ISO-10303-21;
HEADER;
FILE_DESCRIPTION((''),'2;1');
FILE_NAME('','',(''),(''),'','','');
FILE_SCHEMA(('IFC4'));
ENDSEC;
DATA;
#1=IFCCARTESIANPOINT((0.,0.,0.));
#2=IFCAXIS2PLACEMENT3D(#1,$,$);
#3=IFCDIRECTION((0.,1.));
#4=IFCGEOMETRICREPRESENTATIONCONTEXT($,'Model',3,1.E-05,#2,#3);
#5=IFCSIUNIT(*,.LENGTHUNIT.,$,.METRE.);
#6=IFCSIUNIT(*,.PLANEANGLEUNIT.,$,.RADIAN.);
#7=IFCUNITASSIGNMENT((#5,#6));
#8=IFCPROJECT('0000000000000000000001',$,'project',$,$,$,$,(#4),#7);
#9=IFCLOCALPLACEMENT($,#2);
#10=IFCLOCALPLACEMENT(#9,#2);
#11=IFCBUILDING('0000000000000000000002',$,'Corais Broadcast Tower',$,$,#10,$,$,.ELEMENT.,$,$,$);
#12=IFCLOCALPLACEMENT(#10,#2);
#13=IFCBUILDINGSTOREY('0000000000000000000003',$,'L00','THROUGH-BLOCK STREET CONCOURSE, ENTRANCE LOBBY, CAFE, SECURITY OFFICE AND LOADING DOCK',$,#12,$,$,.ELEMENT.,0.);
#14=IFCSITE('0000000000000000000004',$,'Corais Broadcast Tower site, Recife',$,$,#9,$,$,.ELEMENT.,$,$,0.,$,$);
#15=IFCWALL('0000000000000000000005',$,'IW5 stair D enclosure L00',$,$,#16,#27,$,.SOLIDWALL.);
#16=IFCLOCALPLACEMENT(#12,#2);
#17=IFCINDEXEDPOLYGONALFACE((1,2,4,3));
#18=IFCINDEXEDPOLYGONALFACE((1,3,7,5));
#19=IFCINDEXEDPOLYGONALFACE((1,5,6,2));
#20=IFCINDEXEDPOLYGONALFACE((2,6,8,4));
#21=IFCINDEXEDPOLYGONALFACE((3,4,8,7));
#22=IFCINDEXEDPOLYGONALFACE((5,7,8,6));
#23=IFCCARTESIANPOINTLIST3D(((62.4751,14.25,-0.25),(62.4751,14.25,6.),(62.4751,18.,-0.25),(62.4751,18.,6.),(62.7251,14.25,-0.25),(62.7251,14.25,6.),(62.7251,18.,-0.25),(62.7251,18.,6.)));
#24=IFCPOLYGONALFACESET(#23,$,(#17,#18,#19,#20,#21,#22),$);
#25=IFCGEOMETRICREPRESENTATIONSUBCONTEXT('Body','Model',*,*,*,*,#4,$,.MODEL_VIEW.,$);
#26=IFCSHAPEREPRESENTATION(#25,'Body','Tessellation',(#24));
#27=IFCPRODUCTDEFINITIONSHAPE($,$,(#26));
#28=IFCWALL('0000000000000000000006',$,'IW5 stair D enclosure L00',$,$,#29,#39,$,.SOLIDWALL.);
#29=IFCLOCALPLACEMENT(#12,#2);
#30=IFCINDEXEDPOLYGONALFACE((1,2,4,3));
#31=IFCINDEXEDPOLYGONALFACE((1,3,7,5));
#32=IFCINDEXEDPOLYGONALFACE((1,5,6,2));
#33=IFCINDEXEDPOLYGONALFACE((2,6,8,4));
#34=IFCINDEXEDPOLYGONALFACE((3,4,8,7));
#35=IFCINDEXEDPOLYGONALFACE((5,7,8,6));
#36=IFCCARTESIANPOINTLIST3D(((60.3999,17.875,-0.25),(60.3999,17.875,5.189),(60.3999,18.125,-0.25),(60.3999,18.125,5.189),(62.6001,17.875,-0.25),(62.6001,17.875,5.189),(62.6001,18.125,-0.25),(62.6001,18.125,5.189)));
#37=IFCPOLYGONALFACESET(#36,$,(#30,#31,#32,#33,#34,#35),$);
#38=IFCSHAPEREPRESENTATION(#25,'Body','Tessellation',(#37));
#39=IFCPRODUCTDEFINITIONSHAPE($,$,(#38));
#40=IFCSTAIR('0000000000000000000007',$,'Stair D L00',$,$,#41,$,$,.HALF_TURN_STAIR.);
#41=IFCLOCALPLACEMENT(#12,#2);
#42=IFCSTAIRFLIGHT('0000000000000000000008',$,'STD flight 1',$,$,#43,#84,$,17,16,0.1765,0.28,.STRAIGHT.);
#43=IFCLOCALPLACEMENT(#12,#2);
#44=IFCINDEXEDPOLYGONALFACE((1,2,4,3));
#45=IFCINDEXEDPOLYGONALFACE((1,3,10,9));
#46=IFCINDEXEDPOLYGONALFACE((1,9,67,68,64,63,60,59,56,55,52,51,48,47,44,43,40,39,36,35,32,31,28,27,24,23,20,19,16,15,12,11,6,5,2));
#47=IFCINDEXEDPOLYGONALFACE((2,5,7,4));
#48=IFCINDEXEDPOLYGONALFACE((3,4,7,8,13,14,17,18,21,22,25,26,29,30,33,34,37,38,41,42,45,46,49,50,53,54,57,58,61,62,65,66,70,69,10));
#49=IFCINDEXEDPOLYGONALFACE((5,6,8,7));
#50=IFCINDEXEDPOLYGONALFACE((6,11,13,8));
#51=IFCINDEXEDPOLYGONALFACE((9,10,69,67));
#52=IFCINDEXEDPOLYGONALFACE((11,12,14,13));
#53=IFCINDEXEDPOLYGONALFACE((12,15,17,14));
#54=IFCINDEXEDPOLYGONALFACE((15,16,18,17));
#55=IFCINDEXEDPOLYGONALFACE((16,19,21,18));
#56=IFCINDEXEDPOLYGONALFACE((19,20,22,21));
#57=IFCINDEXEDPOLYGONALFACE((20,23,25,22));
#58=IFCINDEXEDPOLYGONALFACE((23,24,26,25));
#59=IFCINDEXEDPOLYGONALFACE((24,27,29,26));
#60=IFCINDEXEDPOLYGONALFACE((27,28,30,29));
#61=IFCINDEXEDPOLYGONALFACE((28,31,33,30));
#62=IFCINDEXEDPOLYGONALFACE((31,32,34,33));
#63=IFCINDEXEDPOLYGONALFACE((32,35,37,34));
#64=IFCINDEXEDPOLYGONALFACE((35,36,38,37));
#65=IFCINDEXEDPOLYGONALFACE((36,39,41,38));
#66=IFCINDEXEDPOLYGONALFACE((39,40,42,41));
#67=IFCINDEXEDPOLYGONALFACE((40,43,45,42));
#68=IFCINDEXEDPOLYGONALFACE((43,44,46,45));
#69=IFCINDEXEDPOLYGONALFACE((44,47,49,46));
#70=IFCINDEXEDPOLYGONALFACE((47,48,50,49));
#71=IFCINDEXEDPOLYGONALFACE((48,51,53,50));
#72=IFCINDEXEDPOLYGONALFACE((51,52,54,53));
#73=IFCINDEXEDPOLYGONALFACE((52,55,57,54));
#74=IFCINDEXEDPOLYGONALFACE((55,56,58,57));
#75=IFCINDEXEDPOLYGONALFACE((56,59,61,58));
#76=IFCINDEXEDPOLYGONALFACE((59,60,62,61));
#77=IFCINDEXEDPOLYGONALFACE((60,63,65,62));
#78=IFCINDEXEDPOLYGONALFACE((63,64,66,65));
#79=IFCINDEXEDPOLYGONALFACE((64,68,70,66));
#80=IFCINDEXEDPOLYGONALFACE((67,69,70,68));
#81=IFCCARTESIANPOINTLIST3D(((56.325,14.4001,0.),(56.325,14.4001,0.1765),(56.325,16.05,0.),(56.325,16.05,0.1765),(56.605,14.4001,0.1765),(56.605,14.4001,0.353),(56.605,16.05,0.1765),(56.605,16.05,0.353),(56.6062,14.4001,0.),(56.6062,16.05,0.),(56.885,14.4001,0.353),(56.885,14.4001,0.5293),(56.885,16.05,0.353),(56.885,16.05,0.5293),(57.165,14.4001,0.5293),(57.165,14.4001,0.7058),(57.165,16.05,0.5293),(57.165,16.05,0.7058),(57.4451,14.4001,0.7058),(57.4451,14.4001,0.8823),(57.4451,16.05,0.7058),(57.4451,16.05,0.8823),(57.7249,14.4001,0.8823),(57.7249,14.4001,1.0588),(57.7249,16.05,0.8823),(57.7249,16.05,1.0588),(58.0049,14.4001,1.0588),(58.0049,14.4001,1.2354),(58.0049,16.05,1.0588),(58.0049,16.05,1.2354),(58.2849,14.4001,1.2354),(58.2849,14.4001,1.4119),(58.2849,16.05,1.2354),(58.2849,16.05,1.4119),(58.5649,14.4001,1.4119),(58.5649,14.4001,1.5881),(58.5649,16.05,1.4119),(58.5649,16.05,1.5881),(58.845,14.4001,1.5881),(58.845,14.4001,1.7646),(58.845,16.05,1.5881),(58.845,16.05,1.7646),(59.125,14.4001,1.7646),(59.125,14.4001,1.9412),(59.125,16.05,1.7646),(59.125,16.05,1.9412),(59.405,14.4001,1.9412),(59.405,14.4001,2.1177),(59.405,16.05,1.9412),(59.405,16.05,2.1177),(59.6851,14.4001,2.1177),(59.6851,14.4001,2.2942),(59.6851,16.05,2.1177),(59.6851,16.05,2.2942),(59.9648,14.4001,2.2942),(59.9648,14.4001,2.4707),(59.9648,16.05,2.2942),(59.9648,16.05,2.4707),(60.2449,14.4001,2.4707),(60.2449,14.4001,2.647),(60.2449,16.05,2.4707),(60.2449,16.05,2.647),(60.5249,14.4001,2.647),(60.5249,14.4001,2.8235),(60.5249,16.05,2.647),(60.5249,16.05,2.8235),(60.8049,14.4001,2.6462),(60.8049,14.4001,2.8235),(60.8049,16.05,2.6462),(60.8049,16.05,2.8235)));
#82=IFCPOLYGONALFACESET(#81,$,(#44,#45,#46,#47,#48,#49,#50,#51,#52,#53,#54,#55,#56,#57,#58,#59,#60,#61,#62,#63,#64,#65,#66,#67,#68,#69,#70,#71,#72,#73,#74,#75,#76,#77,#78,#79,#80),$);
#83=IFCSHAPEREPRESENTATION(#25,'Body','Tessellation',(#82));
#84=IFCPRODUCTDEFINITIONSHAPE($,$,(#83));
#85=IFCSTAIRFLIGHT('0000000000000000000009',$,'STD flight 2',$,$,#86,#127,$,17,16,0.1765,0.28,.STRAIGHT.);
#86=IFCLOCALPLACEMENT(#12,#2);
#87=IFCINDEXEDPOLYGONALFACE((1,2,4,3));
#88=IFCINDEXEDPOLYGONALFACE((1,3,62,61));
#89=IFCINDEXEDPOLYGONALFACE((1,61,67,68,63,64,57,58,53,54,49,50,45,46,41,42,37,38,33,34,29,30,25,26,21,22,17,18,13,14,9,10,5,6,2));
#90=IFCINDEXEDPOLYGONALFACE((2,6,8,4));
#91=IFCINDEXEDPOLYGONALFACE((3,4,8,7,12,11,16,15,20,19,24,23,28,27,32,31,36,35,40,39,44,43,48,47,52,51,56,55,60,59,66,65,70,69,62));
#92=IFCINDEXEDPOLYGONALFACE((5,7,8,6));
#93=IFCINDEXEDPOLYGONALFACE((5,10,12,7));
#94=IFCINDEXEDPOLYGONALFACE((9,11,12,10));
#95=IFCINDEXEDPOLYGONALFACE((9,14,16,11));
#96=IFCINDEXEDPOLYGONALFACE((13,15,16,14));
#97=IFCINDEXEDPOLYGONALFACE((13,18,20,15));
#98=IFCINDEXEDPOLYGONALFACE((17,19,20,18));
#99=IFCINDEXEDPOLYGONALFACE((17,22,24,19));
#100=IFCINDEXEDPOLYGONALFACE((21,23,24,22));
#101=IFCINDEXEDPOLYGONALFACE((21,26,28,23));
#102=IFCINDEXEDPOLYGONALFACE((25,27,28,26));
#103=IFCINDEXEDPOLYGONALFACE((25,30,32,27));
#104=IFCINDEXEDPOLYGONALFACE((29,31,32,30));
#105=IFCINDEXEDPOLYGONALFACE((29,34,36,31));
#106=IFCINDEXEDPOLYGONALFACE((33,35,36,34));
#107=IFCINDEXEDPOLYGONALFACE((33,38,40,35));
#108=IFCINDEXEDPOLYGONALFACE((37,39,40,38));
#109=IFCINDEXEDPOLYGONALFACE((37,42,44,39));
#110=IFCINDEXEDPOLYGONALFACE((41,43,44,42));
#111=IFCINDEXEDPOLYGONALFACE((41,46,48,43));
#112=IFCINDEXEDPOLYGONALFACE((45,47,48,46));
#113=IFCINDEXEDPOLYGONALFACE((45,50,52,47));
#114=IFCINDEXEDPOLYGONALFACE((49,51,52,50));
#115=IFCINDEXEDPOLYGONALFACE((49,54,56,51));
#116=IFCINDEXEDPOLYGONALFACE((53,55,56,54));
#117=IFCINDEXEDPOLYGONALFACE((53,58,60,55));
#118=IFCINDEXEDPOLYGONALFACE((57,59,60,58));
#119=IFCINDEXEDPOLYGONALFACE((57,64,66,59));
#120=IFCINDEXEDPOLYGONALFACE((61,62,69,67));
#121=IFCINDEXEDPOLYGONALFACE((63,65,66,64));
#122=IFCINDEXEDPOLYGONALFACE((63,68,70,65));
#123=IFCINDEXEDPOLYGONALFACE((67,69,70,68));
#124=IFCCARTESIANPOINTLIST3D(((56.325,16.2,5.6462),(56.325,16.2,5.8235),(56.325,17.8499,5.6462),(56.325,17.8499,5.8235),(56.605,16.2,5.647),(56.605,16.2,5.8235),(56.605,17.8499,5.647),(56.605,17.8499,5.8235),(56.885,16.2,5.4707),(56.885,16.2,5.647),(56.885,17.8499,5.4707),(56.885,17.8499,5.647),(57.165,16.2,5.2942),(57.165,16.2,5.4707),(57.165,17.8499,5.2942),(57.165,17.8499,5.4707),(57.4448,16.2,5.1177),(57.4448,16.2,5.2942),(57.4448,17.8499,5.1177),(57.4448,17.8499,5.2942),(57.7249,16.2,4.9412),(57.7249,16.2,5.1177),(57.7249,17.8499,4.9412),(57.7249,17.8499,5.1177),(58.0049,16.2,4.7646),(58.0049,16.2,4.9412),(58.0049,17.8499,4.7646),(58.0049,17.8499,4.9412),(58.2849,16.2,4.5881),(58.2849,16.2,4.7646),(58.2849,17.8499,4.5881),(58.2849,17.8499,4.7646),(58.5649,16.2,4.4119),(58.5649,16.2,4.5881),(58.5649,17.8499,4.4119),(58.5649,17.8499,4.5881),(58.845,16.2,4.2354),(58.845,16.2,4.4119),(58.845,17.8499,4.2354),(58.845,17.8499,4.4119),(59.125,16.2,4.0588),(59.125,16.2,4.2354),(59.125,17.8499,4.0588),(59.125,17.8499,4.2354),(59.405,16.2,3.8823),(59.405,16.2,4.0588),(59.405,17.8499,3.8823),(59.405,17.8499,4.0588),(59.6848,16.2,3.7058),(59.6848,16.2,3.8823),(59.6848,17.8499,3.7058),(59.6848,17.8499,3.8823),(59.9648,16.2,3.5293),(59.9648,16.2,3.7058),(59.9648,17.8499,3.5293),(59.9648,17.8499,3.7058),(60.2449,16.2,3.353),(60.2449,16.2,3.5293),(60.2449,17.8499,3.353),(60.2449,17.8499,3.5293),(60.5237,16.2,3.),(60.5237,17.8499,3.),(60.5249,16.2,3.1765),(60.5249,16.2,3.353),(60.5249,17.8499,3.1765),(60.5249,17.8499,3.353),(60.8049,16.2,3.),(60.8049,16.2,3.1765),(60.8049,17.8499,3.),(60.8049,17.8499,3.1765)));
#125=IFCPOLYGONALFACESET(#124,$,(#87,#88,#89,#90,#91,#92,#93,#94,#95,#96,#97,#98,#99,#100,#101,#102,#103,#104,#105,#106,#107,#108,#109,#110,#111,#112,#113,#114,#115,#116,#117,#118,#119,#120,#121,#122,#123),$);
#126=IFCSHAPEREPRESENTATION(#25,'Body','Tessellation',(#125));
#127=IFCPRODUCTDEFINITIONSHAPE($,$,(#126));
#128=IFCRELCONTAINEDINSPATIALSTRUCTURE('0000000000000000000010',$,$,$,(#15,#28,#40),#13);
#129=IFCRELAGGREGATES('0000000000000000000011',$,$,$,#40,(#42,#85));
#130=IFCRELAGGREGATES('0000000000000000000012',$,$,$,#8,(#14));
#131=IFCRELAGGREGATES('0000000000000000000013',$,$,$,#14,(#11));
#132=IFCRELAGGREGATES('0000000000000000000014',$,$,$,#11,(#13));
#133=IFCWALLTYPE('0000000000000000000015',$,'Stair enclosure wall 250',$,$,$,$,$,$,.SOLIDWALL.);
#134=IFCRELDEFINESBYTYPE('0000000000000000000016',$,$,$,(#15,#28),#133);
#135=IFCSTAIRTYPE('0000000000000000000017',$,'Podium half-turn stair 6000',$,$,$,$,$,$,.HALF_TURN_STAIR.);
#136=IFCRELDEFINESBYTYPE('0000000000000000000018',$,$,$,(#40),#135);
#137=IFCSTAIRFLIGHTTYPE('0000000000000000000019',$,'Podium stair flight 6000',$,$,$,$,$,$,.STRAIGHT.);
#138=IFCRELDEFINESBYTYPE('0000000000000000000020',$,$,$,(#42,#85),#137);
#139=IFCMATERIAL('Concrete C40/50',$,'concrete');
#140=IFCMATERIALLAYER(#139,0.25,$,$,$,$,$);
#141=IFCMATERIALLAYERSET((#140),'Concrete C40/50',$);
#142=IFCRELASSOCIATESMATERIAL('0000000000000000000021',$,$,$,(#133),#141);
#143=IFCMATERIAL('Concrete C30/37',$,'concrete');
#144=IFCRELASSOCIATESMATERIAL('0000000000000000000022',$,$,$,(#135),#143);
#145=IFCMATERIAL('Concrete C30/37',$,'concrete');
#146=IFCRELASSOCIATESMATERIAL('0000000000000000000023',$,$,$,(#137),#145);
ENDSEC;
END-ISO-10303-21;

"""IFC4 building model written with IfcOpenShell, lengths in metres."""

from ifc_helpers import new_model, si_unit, direction, frame, frame_2d, origin, place, context, subcontext, project, spatial, polyline, rectangle, outline, extrude, material, layer, layer_set, type_object, element, aggregate, save


model = new_model("IFC4")

# Units and contexts
model_context = context("Model", 3, precision=1e-05, world=origin(), true_north=direction((0.0, 1.0)))
body_context = subcontext(model_context, "Body", "Model", "MODEL_VIEW")
ifc_project = project(units=[si_unit("LENGTHUNIT", "METRE"), si_unit("PLANEANGLEUNIT", "RADIAN")], contexts=[model_context])

# Site, building, storey
site_placement = place(None, origin())
site = spatial("IfcSite", under=ifc_project, at=site_placement, Name="Corais Broadcast Tower site, Recife", CompositionType="ELEMENT", RefElevation=0.0)
building_placement = place(site_placement, origin())
building = spatial("IfcBuilding", under=site, at=building_placement, Name="Corais Broadcast Tower", CompositionType="ELEMENT")
storey_placement = place(building_placement, origin())
storey = spatial("IfcBuildingStorey", under=building, at=storey_placement, Name="L00", Description="THROUGH-BLOCK STREET CONCOURSE, ENTRANCE LOBBY, CAFE, SECURITY OFFICE AND LOADING DOCK", CompositionType="ELEMENT", Elevation=0.0)

# Walls
ifc_material_1 = material(Name="Concrete C40/50", Category="concrete")
ifc_layer_1 = layer(ifc_material_1, 0.25)
ifc_layer_set_1 = layer_set([ifc_layer_1], Name="Concrete C40/50")
wall_type_1 = type_object("IfcWallType", Name="Stair enclosure wall 250", PredefinedType="SOLIDWALL", material=ifc_layer_set_1)
wall_1_placement = place(storey_placement, frame((62.6001, 14.25, -0.25), z_axis=(0.0, 0.0, 1.0), x_axis=(0.0, 1.0, 0.0)))
element("IfcWall", 1, at=wall_1_placement, inside=storey, type_object=wall_type_1, Name="IW5 stair D enclosure L00", PredefinedType="SOLIDWALL", context=body_context, shape_type="SweptSolid", body=[
    extrude(rectangle(XDim=3.75, YDim=0.25, at=frame_2d((1.875, 0.0))), origin(), (0.0, 0.0, 1.0), 6.25),
])
wall_2_placement = place(storey_placement, frame((62.6001, 18.0, -0.25), z_axis=(0.0, 0.0, 1.0), x_axis=(-1.0, 0.0, 0.0)))
element("IfcWall", 2, at=wall_2_placement, inside=storey, type_object=wall_type_1, Name="IW5 stair D enclosure L00", PredefinedType="SOLIDWALL", context=body_context, shape_type="SweptSolid", body=[
    extrude(rectangle(XDim=2.2002, YDim=0.25, at=frame_2d((1.1001, 0.0))), origin(), (0.0, 0.0, 1.0), 5.439),
])

# Stair, stair flights
ifc_material_2 = material(Name="Concrete C30/37", Category="concrete")
stair_type = type_object("IfcStairType", Name="Podium half-turn stair 6000", PredefinedType="HALF_TURN_STAIR", material=ifc_material_2)
stair_placement = place(storey_placement, origin())
stair = element("IfcStair", 3, at=stair_placement, inside=storey, type_object=stair_type, Name="Stair D L00", PredefinedType="HALF_TURN_STAIR")
ifc_material_3 = material(Name="Concrete C30/37", Category="concrete")
stair_flight_type = type_object("IfcStairFlightType", Name="Podium stair flight 6000", PredefinedType="STRAIGHT", material=ifc_material_3)
stair_flight_1_placement = place(storey_placement, frame((56.325, 15.2251, 0.0), z_axis=(0.0, 0.0, 1.0), x_axis=(1.0, 0.0, 0.0)))
stair_flight_1 = element("IfcStairFlight", 4, at=stair_flight_1_placement, type_object=stair_flight_type, Name="STD flight 1", NumberOfRisers=17, NumberOfTreads=16, PredefinedType="STRAIGHT", RiserHeight=0.1765, TreadLength=0.28, context=body_context, shape_type="SweptSolid", body=[
    extrude(outline(polyline([(0.0, 0.0), (0.0, 0.1765), (0.28, 0.1765), (0.28, 0.353), (0.5601, 0.353), (0.5601, 0.5293), (0.8401, 0.5293), (0.8401, 0.7058), (1.1201, 0.7058), (1.1201, 0.8823), (1.3999, 0.8823), (1.3999, 1.0588), (1.6799, 1.0588), (1.6799, 1.2354), (1.96, 1.2354), (1.96, 1.4119), (2.24, 1.4119), (2.24, 1.5881), (2.52, 1.5881), (2.52, 1.7646), (2.8, 1.7646), (2.8, 1.9412), (3.0801, 1.9412), (3.0801, 2.1177), (3.3601, 2.1177), (3.3601, 2.2942), (3.6399, 2.2942), (3.6399, 2.4707), (3.9199, 2.4707), (3.9199, 2.647), (4.2, 2.647), (4.2, 2.8235), (4.48, 2.8235), (4.48, 3.0), (4.48, 2.6462), (0.2812, 0.0), (0.0, 0.0)])), frame((0.0, 0.825, 0.0), z_axis=(0.0, -1.0, 0.0), x_axis=(1.0, 0.0, 0.0)), (0.0, 0.0, 1.0), 1.6499),
])
stair_flight_2_placement = place(storey_placement, frame((60.8049, 17.0249, 3.0), z_axis=(0.0, 0.0, 1.0), x_axis=(-1.0, 0.0, 0.0)))
stair_flight_2 = element("IfcStairFlight", 5, at=stair_flight_2_placement, type_object=stair_flight_type, Name="STD flight 2", NumberOfRisers=17, NumberOfTreads=16, PredefinedType="STRAIGHT", RiserHeight=0.1765, TreadLength=0.28, context=body_context, shape_type="SweptSolid", body=[
    extrude(outline(polyline([(0.0, 0.0), (0.0, 0.1765), (0.28, 0.1765), (0.28, 0.353), (0.5601, 0.353), (0.5601, 0.5293), (0.8401, 0.5293), (0.8401, 0.7058), (1.1201, 0.7058), (1.1201, 0.8823), (1.3999, 0.8823), (1.3999, 1.0588), (1.6799, 1.0588), (1.6799, 1.2354), (1.96, 1.2354), (1.96, 1.4119), (2.24, 1.4119), (2.24, 1.5881), (2.52, 1.5881), (2.52, 1.7646), (2.8, 1.7646), (2.8, 1.9412), (3.0801, 1.9412), (3.0801, 2.1177), (3.3601, 2.1177), (3.3601, 2.2942), (3.6399, 2.2942), (3.6399, 2.4707), (3.9199, 2.4707), (3.9199, 2.647), (4.2, 2.647), (4.2, 2.8235), (4.48, 2.8235), (4.48, 3.0), (4.48, 2.6462), (0.2812, 0.0), (0.0, 0.0)])), frame((0.0, 0.825, 0.0), z_axis=(0.0, -1.0, 0.0), x_axis=(1.0, 0.0, 0.0)), (0.0, 0.0, 1.0), 1.6499),
])
aggregate(stair, [stair_flight_1, stair_flight_2])

save(model, "model.ifc")
